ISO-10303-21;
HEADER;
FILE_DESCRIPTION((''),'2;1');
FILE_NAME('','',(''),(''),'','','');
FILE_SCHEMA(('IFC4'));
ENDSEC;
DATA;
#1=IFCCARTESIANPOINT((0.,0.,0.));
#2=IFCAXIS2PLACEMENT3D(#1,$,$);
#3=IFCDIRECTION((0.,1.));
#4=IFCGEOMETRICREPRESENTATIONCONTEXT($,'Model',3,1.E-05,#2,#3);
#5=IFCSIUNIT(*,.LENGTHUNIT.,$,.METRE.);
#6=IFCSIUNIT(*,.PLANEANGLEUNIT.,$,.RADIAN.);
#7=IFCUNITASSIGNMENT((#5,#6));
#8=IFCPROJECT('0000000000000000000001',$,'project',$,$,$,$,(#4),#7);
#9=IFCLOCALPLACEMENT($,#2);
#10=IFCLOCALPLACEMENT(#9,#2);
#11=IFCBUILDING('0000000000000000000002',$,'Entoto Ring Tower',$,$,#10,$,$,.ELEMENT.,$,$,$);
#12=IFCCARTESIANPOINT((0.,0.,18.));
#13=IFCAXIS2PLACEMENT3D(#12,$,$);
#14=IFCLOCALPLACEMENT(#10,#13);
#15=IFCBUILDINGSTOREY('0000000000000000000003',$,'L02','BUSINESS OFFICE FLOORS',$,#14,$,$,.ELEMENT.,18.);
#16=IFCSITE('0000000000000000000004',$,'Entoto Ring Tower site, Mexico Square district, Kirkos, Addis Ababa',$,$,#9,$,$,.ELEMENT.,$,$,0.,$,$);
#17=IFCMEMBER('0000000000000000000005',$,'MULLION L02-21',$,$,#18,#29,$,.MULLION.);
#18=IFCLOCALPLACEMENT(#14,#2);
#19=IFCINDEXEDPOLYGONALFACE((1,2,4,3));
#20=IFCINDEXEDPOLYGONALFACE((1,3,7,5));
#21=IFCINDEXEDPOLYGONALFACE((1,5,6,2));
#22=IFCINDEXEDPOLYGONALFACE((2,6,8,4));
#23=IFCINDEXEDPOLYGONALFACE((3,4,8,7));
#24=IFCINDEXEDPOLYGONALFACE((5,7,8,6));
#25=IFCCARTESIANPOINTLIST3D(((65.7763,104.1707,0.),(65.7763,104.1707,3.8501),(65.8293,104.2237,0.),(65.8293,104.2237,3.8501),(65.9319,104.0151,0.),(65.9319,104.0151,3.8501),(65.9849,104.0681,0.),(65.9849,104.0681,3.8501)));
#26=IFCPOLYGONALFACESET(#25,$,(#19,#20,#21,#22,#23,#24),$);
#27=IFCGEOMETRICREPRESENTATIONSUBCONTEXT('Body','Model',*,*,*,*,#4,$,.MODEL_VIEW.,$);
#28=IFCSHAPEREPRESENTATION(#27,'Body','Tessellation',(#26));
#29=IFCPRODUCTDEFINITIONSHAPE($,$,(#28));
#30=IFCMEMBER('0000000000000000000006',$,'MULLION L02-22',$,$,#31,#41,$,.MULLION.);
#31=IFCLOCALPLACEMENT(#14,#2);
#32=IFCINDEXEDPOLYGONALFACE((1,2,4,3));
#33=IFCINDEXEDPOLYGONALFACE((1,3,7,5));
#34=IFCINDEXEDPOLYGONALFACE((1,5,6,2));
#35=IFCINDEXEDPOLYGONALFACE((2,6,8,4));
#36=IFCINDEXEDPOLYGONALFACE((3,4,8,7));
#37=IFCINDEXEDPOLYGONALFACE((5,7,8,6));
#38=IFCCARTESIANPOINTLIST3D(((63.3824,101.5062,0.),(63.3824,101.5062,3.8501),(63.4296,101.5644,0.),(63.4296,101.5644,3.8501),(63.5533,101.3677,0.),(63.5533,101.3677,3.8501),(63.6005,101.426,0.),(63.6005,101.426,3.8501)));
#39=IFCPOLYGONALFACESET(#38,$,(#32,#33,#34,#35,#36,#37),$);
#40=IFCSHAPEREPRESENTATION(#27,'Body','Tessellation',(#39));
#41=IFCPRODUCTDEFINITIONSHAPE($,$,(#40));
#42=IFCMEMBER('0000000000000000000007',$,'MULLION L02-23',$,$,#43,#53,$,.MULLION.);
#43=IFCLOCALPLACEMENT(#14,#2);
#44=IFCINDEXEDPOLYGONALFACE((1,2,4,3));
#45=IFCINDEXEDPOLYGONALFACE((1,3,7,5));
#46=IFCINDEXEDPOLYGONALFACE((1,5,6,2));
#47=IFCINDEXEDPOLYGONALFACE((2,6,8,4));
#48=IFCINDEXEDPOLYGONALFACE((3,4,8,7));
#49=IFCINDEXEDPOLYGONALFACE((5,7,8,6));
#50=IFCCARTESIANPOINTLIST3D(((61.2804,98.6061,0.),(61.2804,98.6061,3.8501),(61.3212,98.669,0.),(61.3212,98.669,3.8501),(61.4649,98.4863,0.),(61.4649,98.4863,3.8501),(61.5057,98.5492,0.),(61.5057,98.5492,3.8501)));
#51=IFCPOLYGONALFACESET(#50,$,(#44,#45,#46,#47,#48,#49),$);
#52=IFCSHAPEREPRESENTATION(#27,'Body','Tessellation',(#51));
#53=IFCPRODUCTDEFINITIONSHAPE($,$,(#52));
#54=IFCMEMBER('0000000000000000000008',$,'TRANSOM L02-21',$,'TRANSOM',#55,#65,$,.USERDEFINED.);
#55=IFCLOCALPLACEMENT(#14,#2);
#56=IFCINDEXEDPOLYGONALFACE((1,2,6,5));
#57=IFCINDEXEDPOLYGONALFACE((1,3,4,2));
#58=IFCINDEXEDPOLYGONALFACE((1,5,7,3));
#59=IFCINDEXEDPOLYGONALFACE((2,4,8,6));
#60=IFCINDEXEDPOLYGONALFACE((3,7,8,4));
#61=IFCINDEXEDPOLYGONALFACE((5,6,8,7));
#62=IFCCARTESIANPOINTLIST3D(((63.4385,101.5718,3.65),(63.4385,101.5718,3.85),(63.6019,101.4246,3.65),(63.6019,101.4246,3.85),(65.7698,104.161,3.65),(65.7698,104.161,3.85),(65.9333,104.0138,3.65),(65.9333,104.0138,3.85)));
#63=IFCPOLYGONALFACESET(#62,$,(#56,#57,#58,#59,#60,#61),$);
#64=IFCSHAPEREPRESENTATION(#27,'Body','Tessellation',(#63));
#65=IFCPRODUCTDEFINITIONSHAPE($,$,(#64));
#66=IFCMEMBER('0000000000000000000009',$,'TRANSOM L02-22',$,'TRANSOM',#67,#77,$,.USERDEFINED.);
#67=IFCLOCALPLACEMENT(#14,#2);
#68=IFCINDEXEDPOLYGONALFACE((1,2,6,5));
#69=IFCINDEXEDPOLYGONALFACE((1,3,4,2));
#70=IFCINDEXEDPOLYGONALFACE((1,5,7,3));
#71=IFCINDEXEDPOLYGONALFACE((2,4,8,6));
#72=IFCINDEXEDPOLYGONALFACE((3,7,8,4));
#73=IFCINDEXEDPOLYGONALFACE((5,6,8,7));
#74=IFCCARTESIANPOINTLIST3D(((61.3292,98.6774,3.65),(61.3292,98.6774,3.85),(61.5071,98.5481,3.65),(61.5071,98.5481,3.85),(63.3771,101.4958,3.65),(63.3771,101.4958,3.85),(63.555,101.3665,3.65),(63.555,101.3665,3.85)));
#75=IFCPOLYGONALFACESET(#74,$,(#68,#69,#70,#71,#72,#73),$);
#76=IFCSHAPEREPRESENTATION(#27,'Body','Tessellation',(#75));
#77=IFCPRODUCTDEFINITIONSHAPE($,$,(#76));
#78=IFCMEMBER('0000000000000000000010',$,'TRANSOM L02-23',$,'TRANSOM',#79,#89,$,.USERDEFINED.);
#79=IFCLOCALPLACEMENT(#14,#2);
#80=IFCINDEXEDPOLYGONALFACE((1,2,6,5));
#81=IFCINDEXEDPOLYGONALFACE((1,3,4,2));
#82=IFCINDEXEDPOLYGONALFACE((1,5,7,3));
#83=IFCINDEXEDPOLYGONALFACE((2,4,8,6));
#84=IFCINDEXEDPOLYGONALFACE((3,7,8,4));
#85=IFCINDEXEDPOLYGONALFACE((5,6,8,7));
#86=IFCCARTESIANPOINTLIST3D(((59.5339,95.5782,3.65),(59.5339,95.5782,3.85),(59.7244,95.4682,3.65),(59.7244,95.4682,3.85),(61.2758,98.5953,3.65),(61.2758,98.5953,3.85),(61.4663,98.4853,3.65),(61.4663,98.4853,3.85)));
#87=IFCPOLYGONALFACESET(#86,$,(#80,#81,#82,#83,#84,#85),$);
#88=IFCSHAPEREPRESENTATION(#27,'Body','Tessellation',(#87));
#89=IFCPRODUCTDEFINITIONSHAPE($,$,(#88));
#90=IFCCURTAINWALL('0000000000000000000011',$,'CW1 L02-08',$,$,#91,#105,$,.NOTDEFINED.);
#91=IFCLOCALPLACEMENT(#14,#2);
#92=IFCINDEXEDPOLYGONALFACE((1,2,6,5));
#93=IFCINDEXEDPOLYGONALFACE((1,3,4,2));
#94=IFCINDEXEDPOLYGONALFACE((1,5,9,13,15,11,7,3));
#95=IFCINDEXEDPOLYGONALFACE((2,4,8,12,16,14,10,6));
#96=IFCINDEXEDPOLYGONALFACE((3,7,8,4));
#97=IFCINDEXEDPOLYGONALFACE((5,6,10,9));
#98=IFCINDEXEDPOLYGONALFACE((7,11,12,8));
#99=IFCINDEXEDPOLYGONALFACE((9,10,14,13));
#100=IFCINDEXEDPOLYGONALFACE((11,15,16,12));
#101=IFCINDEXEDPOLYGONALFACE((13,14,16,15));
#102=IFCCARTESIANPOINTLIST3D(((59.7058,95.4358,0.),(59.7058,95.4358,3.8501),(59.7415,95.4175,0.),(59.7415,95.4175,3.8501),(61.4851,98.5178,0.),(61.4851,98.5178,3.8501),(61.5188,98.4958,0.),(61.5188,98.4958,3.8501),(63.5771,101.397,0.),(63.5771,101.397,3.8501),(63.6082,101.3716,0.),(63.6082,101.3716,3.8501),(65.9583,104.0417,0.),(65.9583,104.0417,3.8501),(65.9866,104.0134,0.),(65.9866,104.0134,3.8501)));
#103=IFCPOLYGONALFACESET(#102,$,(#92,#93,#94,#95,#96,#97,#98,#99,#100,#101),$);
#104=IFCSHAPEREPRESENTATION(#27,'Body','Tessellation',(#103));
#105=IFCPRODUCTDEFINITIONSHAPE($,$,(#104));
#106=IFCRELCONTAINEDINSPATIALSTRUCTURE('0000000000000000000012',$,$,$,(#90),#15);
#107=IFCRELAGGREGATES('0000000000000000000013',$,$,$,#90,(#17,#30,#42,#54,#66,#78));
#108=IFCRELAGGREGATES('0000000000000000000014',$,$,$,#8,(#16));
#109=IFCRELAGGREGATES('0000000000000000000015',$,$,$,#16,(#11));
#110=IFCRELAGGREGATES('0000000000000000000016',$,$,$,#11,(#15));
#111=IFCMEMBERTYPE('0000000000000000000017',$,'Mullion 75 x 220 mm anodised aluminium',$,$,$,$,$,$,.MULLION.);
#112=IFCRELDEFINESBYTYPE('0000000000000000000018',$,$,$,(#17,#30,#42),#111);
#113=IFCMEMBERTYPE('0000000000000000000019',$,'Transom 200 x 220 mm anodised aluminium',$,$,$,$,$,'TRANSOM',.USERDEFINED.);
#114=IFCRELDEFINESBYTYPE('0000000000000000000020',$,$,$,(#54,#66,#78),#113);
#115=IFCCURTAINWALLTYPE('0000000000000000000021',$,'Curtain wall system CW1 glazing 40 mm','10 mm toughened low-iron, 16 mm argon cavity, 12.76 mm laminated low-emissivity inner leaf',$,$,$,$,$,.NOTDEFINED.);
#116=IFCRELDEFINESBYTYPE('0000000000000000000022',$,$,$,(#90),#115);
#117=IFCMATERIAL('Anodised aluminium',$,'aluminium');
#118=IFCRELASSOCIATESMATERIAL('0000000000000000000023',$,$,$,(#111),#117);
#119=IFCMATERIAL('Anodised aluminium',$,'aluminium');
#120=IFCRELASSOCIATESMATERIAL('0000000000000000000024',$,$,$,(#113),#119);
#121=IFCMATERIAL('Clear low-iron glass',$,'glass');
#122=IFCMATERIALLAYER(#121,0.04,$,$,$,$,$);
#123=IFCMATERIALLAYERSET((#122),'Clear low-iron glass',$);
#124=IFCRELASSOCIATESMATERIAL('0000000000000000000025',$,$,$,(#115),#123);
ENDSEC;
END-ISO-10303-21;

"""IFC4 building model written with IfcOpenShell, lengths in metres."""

from ifc_helpers import new_model, si_unit, direction, frame, origin, origin_2d, place, context, subcontext, project, spatial, polyline, rectangle, outline, extrude, material, layer, layer_set, material_profile, profile_set, type_object, element, aggregate, save


model = new_model("IFC4")

# Units and contexts
model_context = context("Model", 3, precision=1e-05, world=origin(), true_north=direction((0.0, 1.0)))
body_context = subcontext(model_context, "Body", "Model", "MODEL_VIEW")
ifc_project = project(units=[si_unit("LENGTHUNIT", "METRE"), si_unit("PLANEANGLEUNIT", "RADIAN")], contexts=[model_context])

# Members
ifc_material_1 = material(Name="Anodised aluminium", Category="aluminium")
ifc_material_profile_1 = material_profile(ifc_material_1, rectangle(XDim=0.075, YDim=0.22, at=origin_2d()), Name="Mullion 75 x 220 mm anodised aluminium")
ifc_profile_set_1 = profile_set([ifc_material_profile_1], Name="Anodised aluminium")
member_type_1 = type_object("IfcMemberType", Name="Mullion 75 x 220 mm anodised aluminium", PredefinedType="MULLION", material=ifc_profile_set_1)
site_placement = place(None, origin())
building_placement = place(site_placement, origin())
storey_placement = place(building_placement, frame((0.0, 0.0, 18.0)))
member_1_placement = place(storey_placement, frame((65.8806, 104.1194, 0.0), z_axis=(0.0, 0.0, 1.0), x_axis=(-0.707107, -0.707107, 0.0)))
member_1 = element("IfcMember", 1, at=member_1_placement, type_object=member_type_1, Name="MULLION L02-21", PredefinedType="MULLION", context=body_context, shape_type="SweptSolid", body=[
    extrude(rectangle(XDim=0.075, YDim=0.22, at=origin_2d()), origin(), (0.0, 0.0, 1.0), 3.8501),
])
member_2_placement = place(storey_placement, frame((63.4915, 101.4661, 0.0), z_axis=(0.0, 0.0, 1.0), x_axis=(-0.62932, -0.777146, 0.0)))
member_2 = element("IfcMember", 2, at=member_2_placement, type_object=member_type_1, Name="MULLION L02-22", PredefinedType="MULLION", context=body_context, shape_type="SweptSolid", body=[
    extrude(rectangle(XDim=0.075, YDim=0.22, at=origin_2d()), origin(), (0.0, 0.0, 1.0), 3.8501),
])
member_3_placement = place(storey_placement, frame((61.3931, 98.5776, 0.0), z_axis=(0.0, 0.0, 1.0), x_axis=(-0.544639, -0.838671, 0.0)))
member_3 = element("IfcMember", 3, at=member_3_placement, type_object=member_type_1, Name="MULLION L02-23", PredefinedType="MULLION", context=body_context, shape_type="SweptSolid", body=[
    extrude(rectangle(XDim=0.075, YDim=0.22, at=origin_2d()), origin(), (0.0, 0.0, 1.0), 3.8501),
])
ifc_material_2 = material(Name="Anodised aluminium", Category="aluminium")
ifc_material_profile_2 = material_profile(ifc_material_2, rectangle(XDim=0.22, YDim=0.2, at=origin_2d()), Name="Transom 200 x 220 mm anodised aluminium")
ifc_profile_set_2 = profile_set([ifc_material_profile_2], Name="Anodised aluminium")
member_type_2 = type_object("IfcMemberType", Name="Transom 200 x 220 mm anodised aluminium", ElementType="TRANSOM", PredefinedType="USERDEFINED", material=ifc_profile_set_2)
member_4_placement = place(storey_placement, frame((65.8516, 104.0874, 3.75), z_axis=(-0.669139, -0.743137, 0.0), x_axis=(0.743137, -0.669139, 0.0)))
member_4 = element("IfcMember", 4, at=member_4_placement, type_object=member_type_2, Name="TRANSOM L02-21", ObjectType="TRANSOM", PredefinedType="USERDEFINED", context=body_context, shape_type="SweptSolid", body=[
    extrude(rectangle(XDim=0.22, YDim=0.2, at=origin_2d()), origin(), (0.0, 0.0, 1.0), 3.4841),
])
member_5_placement = place(storey_placement, frame((63.4661, 101.4312, 3.75), z_axis=(-0.587822, -0.808991, 0.0), x_axis=(0.808991, -0.587822, 0.0)))
member_5 = element("IfcMember", 5, at=member_5_placement, type_object=member_type_2, Name="TRANSOM L02-22", ObjectType="TRANSOM", PredefinedType="USERDEFINED", context=body_context, shape_type="SweptSolid", body=[
    extrude(rectangle(XDim=0.22, YDim=0.2, at=origin_2d()), origin(), (0.0, 0.0, 1.0), 3.4839),
])
member_6_placement = place(storey_placement, frame((61.3711, 98.5403, 3.75), z_axis=(-0.500006, -0.866022, 0.0), x_axis=(0.866022, -0.500006, 0.0)))
member_6 = element("IfcMember", 6, at=member_6_placement, type_object=member_type_2, Name="TRANSOM L02-23", ObjectType="TRANSOM", PredefinedType="USERDEFINED", context=body_context, shape_type="SweptSolid", body=[
    extrude(rectangle(XDim=0.22, YDim=0.2, at=origin_2d()), origin(), (0.0, 0.0, 1.0), 3.4839),
])

# Site, building, storey
site = spatial("IfcSite", under=ifc_project, at=site_placement, Name="Entoto Ring Tower site, Mexico Square district, Kirkos, Addis Ababa", CompositionType="ELEMENT", RefElevation=0.0)
building = spatial("IfcBuilding", under=site, at=building_placement, Name="Entoto Ring Tower", CompositionType="ELEMENT")
storey = spatial("IfcBuildingStorey", under=building, at=storey_placement, Name="L02", Description="BUSINESS OFFICE FLOORS", CompositionType="ELEMENT", Elevation=18.0)

# Curtain wall
ifc_material_3 = material(Name="Clear low-iron glass", Category="glass")
ifc_layer = layer(ifc_material_3, 0.04)
ifc_layer_set = layer_set([ifc_layer], Name="Clear low-iron glass")
curtain_wall_type = type_object("IfcCurtainWallType", Name="Curtain wall system CW1 glazing 40 mm", Description="10 mm toughened low-iron, 16 mm argon cavity, 12.76 mm laminated low-emissivity inner leaf", PredefinedType="NOTDEFINED", material=ifc_layer_set)
curtain_wall_1_placement = place(storey_placement, origin())
curtain_wall_1 = element("IfcCurtainWall", 7, at=curtain_wall_1_placement, inside=storey, type_object=curtain_wall_type, Name="CW1 L02-08", PredefinedType="NOTDEFINED", context=body_context, shape_type="SweptSolid", body=[
    extrude(outline(polyline([(65.9583, 104.0417), (63.5771, 101.397), (61.4851, 98.5178), (59.7058, 95.4358), (59.7415, 95.4175), (61.5188, 98.4958), (63.6082, 101.3716), (65.9866, 104.0134), (65.9583, 104.0417)])), origin(), (0.0, 0.0, 1.0), 3.8501),
])
aggregate(curtain_wall_1, [member_1, member_2, member_3, member_4, member_5, member_6])

save(model, "model.ifc")
